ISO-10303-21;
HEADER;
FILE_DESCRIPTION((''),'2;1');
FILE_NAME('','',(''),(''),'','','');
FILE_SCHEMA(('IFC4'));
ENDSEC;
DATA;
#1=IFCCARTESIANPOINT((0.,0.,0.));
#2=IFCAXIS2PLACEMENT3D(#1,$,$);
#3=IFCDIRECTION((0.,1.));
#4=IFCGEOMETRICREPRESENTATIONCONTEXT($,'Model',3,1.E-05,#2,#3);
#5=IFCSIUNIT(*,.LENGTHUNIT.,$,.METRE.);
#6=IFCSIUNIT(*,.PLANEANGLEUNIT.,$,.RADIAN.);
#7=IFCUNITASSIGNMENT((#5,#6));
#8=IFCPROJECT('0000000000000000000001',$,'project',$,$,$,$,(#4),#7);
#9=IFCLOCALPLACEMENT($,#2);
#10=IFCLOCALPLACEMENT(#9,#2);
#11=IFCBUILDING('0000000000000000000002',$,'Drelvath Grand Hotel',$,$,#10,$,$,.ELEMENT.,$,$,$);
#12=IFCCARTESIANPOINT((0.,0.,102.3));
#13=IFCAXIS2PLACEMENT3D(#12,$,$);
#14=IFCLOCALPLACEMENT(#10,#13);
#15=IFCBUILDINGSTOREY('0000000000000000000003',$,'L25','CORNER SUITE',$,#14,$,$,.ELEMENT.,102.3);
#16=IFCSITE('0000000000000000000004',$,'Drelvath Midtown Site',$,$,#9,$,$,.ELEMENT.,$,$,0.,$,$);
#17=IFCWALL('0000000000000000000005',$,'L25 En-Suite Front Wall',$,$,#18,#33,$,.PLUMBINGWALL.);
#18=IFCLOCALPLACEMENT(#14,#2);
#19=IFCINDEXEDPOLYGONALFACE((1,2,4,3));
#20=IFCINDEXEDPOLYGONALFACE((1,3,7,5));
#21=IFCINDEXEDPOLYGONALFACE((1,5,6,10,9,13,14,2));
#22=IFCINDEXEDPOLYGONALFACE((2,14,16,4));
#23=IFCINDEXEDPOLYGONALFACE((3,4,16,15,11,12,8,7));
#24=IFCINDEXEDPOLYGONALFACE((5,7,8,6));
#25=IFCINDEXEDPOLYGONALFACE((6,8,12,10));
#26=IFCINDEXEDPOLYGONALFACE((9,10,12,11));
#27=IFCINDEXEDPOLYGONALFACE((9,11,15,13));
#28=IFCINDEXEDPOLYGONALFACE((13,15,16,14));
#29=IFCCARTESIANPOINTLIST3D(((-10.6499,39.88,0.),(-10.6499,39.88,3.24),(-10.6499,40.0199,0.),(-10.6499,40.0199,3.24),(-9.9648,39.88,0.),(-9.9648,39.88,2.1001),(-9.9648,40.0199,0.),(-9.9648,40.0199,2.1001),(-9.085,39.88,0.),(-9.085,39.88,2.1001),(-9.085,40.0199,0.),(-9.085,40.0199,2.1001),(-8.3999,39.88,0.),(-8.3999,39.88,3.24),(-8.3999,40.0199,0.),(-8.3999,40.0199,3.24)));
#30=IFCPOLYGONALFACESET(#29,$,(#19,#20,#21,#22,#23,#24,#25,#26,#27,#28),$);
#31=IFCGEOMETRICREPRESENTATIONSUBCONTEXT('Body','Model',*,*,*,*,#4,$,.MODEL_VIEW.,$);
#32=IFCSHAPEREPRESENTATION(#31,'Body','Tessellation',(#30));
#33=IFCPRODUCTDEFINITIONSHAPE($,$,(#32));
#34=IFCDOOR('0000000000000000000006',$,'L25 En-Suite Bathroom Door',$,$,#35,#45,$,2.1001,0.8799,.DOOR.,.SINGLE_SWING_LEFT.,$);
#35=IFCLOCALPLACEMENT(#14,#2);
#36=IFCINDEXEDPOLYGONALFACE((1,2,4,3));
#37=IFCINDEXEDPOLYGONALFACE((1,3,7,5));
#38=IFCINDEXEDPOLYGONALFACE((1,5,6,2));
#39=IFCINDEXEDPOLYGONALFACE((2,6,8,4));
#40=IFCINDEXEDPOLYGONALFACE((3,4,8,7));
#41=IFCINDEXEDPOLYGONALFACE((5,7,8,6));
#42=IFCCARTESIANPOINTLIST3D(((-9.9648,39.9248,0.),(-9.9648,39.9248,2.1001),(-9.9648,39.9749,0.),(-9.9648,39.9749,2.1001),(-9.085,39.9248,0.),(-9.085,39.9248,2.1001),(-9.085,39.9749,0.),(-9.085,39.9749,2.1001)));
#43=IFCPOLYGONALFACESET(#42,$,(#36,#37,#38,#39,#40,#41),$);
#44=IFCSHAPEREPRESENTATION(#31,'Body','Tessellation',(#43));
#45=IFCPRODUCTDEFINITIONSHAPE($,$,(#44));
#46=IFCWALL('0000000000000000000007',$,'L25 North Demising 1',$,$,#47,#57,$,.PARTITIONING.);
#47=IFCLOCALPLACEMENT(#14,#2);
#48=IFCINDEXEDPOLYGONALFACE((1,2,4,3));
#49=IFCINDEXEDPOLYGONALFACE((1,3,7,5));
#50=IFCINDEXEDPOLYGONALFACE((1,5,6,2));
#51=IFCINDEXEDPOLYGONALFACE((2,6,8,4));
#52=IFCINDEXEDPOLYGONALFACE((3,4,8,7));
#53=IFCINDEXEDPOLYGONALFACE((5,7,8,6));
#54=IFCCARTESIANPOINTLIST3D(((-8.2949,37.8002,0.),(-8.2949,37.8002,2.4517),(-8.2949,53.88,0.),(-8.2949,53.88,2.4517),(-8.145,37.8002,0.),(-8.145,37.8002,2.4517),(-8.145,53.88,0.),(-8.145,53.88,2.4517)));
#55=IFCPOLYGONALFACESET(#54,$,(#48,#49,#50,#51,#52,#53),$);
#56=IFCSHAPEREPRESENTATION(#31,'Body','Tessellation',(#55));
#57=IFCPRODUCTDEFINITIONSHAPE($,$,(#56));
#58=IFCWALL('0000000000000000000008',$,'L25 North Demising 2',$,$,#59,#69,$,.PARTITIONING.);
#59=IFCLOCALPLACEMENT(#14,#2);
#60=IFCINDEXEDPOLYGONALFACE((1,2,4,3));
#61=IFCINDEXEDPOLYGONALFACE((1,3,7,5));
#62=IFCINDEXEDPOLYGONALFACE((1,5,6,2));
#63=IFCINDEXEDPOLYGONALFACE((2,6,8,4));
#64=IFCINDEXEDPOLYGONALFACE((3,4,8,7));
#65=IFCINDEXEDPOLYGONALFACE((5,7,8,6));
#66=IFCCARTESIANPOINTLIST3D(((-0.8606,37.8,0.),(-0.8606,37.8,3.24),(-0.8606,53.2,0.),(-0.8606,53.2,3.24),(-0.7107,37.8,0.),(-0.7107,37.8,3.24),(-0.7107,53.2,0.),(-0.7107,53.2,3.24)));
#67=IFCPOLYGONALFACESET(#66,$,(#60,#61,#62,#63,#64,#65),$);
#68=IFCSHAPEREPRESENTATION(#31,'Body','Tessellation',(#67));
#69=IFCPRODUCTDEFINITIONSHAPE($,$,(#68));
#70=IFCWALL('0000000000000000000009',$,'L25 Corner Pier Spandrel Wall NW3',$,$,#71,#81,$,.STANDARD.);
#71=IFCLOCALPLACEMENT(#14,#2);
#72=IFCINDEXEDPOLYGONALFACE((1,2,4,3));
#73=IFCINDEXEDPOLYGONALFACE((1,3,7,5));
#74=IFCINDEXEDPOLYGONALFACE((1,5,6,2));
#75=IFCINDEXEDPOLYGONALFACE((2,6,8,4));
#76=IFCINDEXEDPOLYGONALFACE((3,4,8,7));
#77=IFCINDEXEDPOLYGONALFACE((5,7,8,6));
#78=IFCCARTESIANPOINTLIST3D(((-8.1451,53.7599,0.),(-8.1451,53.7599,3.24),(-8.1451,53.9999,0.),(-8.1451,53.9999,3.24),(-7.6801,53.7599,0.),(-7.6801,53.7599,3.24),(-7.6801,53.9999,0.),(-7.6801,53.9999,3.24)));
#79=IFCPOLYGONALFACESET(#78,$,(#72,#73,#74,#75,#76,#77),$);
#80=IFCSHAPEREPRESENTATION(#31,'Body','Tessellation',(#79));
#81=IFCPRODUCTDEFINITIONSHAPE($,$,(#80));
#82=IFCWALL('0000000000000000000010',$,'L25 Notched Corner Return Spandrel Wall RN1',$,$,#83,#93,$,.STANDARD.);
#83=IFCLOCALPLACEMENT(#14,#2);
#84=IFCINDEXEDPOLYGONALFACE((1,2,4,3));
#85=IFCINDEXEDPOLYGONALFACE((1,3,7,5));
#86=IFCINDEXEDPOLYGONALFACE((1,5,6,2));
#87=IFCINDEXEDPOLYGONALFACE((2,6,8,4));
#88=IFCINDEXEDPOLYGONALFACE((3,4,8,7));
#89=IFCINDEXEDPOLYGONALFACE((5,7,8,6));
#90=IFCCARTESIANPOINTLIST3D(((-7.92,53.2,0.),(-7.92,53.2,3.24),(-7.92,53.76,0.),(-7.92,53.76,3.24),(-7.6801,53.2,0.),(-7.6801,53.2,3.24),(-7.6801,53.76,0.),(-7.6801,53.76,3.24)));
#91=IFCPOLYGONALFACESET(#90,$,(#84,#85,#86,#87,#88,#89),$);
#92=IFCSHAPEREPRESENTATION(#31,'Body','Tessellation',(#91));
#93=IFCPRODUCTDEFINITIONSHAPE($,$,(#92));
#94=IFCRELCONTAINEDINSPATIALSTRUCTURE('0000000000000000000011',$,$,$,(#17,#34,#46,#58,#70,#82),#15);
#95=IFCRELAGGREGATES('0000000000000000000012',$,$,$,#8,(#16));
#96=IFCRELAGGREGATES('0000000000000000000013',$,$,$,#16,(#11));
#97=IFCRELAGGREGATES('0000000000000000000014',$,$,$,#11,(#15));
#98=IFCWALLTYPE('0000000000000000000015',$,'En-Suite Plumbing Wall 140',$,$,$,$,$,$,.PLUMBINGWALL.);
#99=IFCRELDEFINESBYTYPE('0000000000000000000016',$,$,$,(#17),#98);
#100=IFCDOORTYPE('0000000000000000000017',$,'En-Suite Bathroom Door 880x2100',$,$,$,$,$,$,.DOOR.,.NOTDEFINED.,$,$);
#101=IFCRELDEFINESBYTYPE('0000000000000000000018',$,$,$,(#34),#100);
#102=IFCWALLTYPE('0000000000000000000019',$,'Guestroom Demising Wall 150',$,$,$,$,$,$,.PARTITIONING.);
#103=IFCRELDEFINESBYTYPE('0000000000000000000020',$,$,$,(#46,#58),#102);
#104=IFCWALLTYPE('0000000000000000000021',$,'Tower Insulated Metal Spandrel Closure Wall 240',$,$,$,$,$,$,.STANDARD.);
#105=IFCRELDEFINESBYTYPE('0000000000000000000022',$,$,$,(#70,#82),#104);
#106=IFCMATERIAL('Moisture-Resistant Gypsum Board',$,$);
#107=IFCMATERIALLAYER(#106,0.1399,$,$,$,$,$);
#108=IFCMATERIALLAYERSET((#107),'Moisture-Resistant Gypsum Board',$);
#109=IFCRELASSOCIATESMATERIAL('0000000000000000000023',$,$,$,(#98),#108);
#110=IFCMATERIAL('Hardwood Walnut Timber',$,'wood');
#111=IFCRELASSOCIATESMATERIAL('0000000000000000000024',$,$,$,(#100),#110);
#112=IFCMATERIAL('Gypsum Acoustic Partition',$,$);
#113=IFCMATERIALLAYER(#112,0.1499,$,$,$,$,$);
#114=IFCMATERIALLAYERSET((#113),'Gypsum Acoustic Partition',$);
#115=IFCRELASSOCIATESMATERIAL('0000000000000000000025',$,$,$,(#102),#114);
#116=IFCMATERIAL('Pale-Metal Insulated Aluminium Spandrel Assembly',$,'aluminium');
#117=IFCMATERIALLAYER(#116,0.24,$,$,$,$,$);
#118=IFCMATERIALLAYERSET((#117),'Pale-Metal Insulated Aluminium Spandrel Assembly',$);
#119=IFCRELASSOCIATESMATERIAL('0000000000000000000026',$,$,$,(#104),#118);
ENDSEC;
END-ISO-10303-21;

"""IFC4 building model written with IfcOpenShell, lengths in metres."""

from ifc_helpers import new_model, si_unit, direction, frame, frame_2d, origin, place, context, subcontext, project, spatial, rectangle, extrude, material, layer, layer_set, type_object, element, fill, save


model = new_model("IFC4")

# Units and contexts
model_context = context("Model", 3, precision=1e-05, world=origin(), true_north=direction((0.0, 1.0)))
body_context = subcontext(model_context, "Body", "Model", "MODEL_VIEW")
ifc_project = project(units=[si_unit("LENGTHUNIT", "METRE"), si_unit("PLANEANGLEUNIT", "RADIAN")], contexts=[model_context])

# Site, building, storey
site_placement = place(None, origin())
site = spatial("IfcSite", under=ifc_project, at=site_placement, Name="Drelvath Midtown Site", CompositionType="ELEMENT", RefElevation=0.0)
building_placement = place(site_placement, origin())
building = spatial("IfcBuilding", under=site, at=building_placement, Name="Drelvath Grand Hotel", CompositionType="ELEMENT")
storey_placement = place(building_placement, frame((0.0, 0.0, 102.3)))
storey = spatial("IfcBuildingStorey", under=building, at=storey_placement, Name="L25", Description="CORNER SUITE", CompositionType="ELEMENT", Elevation=102.3)

# Shared definitions
ifc_material_1 = material(Name="Moisture-Resistant Gypsum Board")
ifc_layer_1 = layer(ifc_material_1, 0.1399)
ifc_layer_set_1 = layer_set([ifc_layer_1], Name="Moisture-Resistant Gypsum Board")
wall_type_1 = type_object("IfcWallType", Name="En-Suite Plumbing Wall 140", PredefinedType="PLUMBINGWALL", material=ifc_layer_set_1)

# Wall, opening, door
wall_1_placement = place(storey_placement, frame((-10.6499, 39.95, 0.0), z_axis=(0.0, 0.0, 1.0), x_axis=(1.0, 0.0, 0.0)))
wall_1 = element("IfcWall", 1, at=wall_1_placement, inside=storey, type_object=wall_type_1, Name="L25 En-Suite Front Wall", PredefinedType="PLUMBINGWALL", context=body_context, shape_type="SweptSolid", body=[
    extrude(rectangle(XDim=2.25, YDim=0.1399, at=frame_2d((1.125, 0.0))), origin(), (0.0, 0.0, 1.0), 3.24),
])
opening_placement = place(wall_1_placement, frame((0.6851, 0.0, 0.0)))
opening = element("IfcOpeningElement", 2, at=opening_placement, cuts=wall_1, PredefinedType="OPENING", context=body_context, shape_type="SweptSolid", body=[
    extrude(rectangle(XDim=0.8799, YDim=2.1001, at=frame_2d((0.4399, 1.05))), frame((0.0, 0.0798, 0.0), z_axis=(0.0, -1.0, 0.0), x_axis=(1.0, 0.0, 0.0)), (0.0, 0.0, 1.0), 0.1599),
])
ifc_material_2 = material(Name="Hardwood Walnut Timber", Category="wood")
door_type = type_object("IfcDoorType", Name="En-Suite Bathroom Door 880x2100", OperationType="NOTDEFINED", PredefinedType="DOOR", material=ifc_material_2)
door_placement = place(opening_placement, origin())
door = element("IfcDoor", 3, at=door_placement, inside=storey, type_object=door_type, Name="L25 En-Suite Bathroom Door", OperationType="SINGLE_SWING_LEFT", OverallHeight=2.1001, OverallWidth=0.8799, PredefinedType="DOOR", context=body_context, shape_type="SweptSolid", body=[
    extrude(rectangle(XDim=0.8799, YDim=2.1001, at=frame_2d((0.4399, 1.05))), frame((0.0, 0.0249, 0.0), z_axis=(0.0, -1.0, 0.0), x_axis=(1.0, 0.0, 0.0)), (0.0, 0.0, 1.0), 0.05),
])
fill(opening, door)

# Walls
ifc_material_3 = material(Name="Gypsum Acoustic Partition")
ifc_layer_2 = layer(ifc_material_3, 0.1499)
ifc_layer_set_2 = layer_set([ifc_layer_2], Name="Gypsum Acoustic Partition")
wall_type_2 = type_object("IfcWallType", Name="Guestroom Demising Wall 150", PredefinedType="PARTITIONING", material=ifc_layer_set_2)
wall_2_placement = place(storey_placement, frame((-8.22, 37.8, 0.0), z_axis=(0.0, 0.0, 1.0), x_axis=(0.0, 1.0, 0.0)))
element("IfcWall", 4, at=wall_2_placement, inside=storey, type_object=wall_type_2, Name="L25 North Demising 1", PredefinedType="PARTITIONING", context=body_context, shape_type="SweptSolid", body=[
    extrude(rectangle(XDim=16.0798, YDim=0.1499, at=frame_2d((8.04, 0.0))), origin(), (0.0, 0.0, 1.0), 2.4517),
])
wall_3_placement = place(storey_placement, frame((-0.7856, 37.8, 0.0), z_axis=(0.0, 0.0, 1.0), x_axis=(0.0, 1.0, 0.0)))
element("IfcWall", 5, at=wall_3_placement, inside=storey, type_object=wall_type_2, Name="L25 North Demising 2", PredefinedType="PARTITIONING", context=body_context, shape_type="SweptSolid", body=[
    extrude(rectangle(XDim=15.3999, YDim=0.1499, at=frame_2d((7.7, 0.0))), origin(), (0.0, 0.0, 1.0), 3.24),
])
ifc_material_4 = material(Name="Pale-Metal Insulated Aluminium Spandrel Assembly", Category="aluminium")
ifc_layer_3 = layer(ifc_material_4, 0.24)
ifc_layer_set_3 = layer_set([ifc_layer_3], Name="Pale-Metal Insulated Aluminium Spandrel Assembly")
wall_type_3 = type_object("IfcWallType", Name="Tower Insulated Metal Spandrel Closure Wall 240", PredefinedType="STANDARD", material=ifc_layer_set_3)
wall_4_placement = place(storey_placement, frame((-8.145, 53.8799, 0.0), z_axis=(0.0, 0.0, 1.0), x_axis=(1.0, 0.0, 0.0)))
element("IfcWall", 6, at=wall_4_placement, inside=storey, type_object=wall_type_3, Name="L25 Corner Pier Spandrel Wall NW3", PredefinedType="STANDARD", context=body_context, shape_type="SweptSolid", body=[
    extrude(rectangle(XDim=0.4651, YDim=0.24, at=frame_2d((0.2324, 0.0))), origin(), (0.0, 0.0, 1.0), 3.24),
])
wall_5_placement = place(storey_placement, frame((-7.8, 53.76, 0.0), z_axis=(0.0, 0.0, 1.0), x_axis=(0.0, -1.0, 0.0)))
element("IfcWall", 7, at=wall_5_placement, inside=storey, type_object=wall_type_3, Name="L25 Notched Corner Return Spandrel Wall RN1", PredefinedType="STANDARD", context=body_context, shape_type="SweptSolid", body=[
    extrude(rectangle(XDim=0.5601, YDim=0.24, at=frame_2d((0.28, 0.0))), origin(), (0.0, 0.0, 1.0), 3.24),
])

save(model, "model.ifc")
